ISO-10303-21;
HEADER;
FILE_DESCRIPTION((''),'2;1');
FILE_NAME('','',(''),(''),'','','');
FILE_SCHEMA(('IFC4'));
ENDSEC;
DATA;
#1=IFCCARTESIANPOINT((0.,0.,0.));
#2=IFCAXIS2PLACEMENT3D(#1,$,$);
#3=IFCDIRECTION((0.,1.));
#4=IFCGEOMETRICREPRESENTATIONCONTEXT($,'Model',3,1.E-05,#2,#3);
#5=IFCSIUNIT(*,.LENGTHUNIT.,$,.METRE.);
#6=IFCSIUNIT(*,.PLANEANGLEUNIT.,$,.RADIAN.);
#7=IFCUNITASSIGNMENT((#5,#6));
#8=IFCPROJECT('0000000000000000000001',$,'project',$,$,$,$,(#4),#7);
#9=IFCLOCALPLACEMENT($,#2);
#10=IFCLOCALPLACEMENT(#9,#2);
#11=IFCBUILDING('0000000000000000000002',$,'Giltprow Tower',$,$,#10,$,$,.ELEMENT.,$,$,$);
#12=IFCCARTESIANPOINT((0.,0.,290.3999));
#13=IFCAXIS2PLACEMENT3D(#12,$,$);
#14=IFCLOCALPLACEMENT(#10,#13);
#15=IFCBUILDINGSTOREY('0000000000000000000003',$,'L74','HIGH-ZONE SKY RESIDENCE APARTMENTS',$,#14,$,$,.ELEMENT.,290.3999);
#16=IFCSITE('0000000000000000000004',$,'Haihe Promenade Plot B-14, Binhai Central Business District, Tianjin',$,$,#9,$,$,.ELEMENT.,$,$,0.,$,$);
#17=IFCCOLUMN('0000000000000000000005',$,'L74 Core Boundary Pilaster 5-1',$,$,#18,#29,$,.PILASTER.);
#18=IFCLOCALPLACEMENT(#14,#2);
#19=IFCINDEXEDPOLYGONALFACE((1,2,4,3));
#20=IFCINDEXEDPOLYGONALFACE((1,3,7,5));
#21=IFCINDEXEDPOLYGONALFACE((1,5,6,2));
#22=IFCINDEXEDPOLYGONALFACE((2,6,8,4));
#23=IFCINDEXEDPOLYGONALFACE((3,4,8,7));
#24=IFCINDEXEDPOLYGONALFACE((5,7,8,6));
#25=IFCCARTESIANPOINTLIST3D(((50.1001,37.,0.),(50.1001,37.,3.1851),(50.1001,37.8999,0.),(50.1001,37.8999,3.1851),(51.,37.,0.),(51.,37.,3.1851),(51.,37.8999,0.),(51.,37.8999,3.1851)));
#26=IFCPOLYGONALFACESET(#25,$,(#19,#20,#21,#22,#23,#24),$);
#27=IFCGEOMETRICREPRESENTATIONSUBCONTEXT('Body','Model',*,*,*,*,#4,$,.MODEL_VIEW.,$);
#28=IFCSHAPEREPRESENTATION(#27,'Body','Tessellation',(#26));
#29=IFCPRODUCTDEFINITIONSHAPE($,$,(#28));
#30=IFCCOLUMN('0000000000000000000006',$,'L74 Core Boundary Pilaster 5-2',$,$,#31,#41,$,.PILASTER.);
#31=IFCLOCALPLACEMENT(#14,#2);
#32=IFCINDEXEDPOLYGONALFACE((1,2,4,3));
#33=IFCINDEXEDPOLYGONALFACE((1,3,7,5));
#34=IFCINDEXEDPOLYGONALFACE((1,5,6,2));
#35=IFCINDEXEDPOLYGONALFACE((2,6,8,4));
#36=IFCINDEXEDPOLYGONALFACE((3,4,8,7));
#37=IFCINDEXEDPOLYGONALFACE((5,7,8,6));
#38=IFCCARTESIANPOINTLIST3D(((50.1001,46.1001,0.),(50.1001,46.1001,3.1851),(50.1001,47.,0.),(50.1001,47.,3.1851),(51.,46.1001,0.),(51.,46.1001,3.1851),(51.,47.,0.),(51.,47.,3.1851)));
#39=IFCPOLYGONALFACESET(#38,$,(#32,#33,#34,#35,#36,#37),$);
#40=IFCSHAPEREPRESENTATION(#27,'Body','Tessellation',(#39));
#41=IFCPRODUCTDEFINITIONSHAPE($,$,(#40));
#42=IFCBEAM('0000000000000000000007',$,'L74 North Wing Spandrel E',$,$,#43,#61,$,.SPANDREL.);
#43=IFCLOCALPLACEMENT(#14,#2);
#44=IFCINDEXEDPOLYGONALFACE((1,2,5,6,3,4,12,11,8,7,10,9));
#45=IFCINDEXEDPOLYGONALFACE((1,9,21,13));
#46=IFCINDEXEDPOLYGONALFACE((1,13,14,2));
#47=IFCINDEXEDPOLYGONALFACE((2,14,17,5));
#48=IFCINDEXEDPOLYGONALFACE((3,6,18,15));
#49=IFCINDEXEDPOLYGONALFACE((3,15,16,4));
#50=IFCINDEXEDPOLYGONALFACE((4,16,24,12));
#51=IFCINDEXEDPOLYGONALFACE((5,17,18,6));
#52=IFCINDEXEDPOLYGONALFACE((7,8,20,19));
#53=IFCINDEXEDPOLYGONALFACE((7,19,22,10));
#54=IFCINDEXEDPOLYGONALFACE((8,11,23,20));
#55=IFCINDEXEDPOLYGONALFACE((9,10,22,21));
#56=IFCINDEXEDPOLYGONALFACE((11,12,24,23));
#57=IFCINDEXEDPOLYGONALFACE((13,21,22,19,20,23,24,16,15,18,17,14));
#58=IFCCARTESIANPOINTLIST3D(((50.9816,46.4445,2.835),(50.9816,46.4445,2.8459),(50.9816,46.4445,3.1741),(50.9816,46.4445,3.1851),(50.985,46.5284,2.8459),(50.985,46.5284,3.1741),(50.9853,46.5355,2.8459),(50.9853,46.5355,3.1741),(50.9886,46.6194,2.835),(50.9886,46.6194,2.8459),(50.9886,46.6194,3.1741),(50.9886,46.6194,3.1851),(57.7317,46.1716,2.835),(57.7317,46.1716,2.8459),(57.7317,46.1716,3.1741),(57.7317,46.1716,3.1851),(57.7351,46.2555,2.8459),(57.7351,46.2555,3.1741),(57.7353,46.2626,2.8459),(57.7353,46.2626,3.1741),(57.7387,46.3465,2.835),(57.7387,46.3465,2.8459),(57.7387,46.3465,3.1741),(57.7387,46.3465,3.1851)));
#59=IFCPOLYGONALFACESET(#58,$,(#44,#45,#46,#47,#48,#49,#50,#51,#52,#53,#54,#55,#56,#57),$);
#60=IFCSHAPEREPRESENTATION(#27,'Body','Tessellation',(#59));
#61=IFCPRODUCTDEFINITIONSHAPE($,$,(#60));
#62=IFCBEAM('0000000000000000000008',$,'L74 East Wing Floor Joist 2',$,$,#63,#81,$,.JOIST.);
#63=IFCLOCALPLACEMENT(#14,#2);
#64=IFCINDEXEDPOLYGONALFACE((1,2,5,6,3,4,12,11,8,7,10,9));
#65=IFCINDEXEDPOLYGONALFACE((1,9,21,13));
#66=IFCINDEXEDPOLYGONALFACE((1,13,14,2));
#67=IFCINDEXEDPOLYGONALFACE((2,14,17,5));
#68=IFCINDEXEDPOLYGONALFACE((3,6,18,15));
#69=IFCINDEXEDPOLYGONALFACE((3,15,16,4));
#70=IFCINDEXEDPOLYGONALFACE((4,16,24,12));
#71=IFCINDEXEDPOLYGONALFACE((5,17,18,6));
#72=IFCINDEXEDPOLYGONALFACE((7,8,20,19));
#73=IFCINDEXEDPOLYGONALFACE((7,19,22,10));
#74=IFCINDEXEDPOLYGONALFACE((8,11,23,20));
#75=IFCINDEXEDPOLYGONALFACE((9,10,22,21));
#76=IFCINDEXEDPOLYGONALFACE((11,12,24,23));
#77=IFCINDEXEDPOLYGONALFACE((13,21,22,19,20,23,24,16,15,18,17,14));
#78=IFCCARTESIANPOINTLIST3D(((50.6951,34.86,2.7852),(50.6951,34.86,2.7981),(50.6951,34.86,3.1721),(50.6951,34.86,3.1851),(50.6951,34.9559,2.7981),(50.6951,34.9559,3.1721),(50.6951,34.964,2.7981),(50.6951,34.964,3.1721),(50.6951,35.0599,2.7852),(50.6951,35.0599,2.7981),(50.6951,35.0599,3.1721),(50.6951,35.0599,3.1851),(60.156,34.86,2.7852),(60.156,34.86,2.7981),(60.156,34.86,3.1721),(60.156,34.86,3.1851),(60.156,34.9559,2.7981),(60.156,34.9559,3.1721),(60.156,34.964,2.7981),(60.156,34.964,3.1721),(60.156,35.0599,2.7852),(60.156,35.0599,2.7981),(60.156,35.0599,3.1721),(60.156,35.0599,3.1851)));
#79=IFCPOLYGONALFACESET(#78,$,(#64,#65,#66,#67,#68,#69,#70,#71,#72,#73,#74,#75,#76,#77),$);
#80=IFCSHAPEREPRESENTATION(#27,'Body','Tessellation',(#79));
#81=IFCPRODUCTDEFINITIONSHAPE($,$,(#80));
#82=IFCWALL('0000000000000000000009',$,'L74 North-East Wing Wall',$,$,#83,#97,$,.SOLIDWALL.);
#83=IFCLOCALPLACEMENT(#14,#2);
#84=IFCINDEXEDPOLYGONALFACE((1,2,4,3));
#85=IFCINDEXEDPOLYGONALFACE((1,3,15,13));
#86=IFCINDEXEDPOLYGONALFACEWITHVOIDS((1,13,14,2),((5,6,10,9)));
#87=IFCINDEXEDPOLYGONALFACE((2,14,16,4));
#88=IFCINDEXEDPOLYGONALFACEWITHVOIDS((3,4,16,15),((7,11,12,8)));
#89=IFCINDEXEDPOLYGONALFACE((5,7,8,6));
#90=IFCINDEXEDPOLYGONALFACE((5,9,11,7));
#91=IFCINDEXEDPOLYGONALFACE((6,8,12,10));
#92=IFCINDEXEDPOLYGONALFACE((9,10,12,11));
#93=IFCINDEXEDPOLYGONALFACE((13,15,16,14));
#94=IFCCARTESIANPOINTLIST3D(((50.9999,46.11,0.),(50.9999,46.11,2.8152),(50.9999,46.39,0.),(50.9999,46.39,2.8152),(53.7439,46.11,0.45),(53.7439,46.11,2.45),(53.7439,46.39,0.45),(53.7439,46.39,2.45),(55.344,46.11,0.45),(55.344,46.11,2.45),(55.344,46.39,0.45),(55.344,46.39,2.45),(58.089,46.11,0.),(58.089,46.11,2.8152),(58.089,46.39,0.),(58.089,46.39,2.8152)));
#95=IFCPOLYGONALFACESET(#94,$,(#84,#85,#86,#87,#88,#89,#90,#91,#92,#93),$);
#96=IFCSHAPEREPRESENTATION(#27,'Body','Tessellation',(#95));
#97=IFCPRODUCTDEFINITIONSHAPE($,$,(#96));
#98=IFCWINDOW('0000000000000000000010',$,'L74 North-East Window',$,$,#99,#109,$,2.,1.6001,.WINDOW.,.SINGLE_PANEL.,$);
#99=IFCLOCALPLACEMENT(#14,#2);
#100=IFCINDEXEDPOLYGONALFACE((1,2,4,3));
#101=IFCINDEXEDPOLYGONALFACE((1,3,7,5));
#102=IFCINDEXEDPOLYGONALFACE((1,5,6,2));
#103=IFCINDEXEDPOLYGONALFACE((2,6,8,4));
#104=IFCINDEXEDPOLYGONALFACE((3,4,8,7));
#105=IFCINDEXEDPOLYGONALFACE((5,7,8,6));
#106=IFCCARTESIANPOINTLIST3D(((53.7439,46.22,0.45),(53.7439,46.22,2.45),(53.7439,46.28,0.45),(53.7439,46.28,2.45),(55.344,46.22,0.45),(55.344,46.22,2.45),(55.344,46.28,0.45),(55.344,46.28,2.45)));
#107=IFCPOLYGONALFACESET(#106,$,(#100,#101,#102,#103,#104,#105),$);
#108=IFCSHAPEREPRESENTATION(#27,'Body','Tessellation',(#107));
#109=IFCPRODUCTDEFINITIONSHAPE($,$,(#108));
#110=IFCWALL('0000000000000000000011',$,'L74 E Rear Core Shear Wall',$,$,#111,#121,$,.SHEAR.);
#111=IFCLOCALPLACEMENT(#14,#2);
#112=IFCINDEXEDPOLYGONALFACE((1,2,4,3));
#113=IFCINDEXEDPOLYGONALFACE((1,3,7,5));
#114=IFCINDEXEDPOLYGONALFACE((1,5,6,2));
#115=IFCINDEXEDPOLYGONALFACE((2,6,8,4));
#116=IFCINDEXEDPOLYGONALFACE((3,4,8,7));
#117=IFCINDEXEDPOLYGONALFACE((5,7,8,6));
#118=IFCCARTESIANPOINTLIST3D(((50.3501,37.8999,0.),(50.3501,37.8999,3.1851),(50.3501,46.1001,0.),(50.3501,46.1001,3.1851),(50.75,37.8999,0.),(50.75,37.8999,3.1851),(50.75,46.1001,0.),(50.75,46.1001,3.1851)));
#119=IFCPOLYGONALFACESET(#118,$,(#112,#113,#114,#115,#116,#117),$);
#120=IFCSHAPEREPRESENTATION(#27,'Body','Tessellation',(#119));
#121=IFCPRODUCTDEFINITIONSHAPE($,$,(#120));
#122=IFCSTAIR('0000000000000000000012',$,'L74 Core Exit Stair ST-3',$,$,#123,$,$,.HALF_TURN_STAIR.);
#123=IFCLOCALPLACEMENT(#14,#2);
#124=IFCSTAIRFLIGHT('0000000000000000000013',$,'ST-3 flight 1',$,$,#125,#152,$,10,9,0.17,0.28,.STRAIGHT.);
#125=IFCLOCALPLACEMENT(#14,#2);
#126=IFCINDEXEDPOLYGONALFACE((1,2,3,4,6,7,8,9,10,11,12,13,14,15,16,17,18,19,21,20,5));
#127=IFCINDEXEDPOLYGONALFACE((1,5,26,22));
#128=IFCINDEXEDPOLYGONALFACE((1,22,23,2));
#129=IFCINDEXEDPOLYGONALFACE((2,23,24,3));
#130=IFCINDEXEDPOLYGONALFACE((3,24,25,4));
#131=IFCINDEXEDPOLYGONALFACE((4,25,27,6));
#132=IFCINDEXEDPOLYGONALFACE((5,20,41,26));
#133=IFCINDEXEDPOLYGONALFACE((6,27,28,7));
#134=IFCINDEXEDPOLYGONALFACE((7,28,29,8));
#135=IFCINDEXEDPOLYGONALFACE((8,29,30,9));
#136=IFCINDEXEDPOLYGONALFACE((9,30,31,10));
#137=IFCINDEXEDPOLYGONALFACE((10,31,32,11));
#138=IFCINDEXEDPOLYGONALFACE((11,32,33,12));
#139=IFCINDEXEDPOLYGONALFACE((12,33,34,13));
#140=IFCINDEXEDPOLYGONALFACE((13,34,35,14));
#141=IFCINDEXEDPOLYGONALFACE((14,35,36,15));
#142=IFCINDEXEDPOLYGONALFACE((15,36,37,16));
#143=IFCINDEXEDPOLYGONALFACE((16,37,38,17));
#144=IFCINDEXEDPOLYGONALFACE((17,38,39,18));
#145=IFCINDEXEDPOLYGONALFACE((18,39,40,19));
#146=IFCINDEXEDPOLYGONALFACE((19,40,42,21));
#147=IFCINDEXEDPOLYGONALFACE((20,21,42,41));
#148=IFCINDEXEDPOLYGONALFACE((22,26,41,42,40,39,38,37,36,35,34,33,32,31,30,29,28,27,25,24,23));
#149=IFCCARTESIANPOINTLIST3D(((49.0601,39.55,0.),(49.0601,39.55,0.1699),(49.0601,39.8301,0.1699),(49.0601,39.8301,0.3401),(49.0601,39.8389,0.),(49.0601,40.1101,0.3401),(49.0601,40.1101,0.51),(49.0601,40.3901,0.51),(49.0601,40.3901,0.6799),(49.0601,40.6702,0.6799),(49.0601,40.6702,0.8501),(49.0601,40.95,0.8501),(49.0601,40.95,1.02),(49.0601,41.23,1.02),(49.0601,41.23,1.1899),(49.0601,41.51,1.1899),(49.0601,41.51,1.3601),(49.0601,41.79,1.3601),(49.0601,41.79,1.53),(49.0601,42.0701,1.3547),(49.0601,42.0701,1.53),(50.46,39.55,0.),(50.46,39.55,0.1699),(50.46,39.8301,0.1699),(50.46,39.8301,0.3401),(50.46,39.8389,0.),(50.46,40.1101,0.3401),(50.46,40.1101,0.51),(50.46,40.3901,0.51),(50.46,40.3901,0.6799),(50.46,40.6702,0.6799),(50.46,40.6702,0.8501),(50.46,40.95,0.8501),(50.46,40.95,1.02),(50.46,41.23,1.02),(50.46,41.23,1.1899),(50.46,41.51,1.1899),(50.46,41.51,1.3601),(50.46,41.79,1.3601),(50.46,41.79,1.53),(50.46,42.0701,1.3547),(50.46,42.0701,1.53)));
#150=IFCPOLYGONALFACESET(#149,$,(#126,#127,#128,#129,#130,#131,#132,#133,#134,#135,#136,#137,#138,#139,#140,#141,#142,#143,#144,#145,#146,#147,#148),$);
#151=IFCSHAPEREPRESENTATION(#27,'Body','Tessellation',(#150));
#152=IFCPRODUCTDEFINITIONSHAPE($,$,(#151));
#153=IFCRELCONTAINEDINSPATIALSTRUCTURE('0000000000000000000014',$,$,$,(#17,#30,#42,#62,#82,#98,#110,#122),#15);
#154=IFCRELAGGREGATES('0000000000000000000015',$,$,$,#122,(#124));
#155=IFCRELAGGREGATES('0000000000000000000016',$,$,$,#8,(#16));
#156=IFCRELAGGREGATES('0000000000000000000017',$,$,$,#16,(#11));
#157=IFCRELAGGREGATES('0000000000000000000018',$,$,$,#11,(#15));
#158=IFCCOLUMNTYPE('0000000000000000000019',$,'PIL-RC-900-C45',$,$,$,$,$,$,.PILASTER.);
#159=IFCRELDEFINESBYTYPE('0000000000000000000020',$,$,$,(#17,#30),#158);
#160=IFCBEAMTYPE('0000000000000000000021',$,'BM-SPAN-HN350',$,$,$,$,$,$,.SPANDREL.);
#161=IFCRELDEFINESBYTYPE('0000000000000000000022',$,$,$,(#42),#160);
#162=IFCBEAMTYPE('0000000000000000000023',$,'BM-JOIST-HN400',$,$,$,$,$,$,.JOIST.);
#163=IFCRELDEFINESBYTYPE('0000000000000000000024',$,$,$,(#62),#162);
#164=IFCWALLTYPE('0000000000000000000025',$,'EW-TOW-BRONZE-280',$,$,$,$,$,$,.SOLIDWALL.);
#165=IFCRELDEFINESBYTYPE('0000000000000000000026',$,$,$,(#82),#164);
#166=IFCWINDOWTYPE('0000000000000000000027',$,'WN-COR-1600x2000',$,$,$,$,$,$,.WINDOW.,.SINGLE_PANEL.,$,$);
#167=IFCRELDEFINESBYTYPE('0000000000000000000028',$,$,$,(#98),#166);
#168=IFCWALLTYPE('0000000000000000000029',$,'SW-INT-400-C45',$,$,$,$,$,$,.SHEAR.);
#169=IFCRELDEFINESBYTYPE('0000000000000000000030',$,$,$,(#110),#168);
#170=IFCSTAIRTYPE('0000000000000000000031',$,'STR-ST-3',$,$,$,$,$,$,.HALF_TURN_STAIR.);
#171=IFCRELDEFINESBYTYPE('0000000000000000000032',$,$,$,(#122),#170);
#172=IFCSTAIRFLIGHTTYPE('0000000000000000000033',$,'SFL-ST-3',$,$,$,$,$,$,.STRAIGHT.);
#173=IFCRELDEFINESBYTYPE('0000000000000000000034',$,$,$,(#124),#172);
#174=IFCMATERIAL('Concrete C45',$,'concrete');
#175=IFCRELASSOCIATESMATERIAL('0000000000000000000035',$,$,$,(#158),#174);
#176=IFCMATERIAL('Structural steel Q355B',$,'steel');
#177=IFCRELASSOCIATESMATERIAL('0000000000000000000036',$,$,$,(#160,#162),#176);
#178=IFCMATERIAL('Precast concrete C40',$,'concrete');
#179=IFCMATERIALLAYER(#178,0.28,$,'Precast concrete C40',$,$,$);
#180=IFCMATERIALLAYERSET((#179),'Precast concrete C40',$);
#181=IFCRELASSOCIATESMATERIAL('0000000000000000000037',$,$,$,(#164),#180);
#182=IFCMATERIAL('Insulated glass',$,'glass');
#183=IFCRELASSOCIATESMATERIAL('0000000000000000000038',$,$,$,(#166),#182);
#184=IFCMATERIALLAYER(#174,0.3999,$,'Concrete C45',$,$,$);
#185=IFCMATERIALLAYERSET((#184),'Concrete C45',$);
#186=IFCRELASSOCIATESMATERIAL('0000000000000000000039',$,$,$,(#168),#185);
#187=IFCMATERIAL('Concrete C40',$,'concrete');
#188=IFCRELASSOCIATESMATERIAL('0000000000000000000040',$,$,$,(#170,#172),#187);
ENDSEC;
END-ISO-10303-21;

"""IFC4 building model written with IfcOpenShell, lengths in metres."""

from ifc_helpers import new_model, si_unit, direction, frame, frame_2d, origin, origin_2d, place, context, subcontext, project, spatial, polyline, rectangle, i_section, outline, extrude, source, transform, mapped, material, layer, layer_set, material_profile, profile_set, type_object, element, fill, aggregate, save


model = new_model("IFC4")

# Units and contexts
model_context = context("Model", 3, precision=1e-05, world=origin(), true_north=direction((0.0, 1.0)))
body_context = subcontext(model_context, "Body", "Model", "MODEL_VIEW")
ifc_project = project(units=[si_unit("LENGTHUNIT", "METRE"), si_unit("PLANEANGLEUNIT", "RADIAN")], contexts=[model_context])

# Site, building, storey
site_placement = place(None, origin())
site = spatial("IfcSite", under=ifc_project, at=site_placement, Name="Haihe Promenade Plot B-14, Binhai Central Business District, Tianjin", CompositionType="ELEMENT", RefElevation=0.0)
building_placement = place(site_placement, origin())
building = spatial("IfcBuilding", under=site, at=building_placement, Name="Giltprow Tower", CompositionType="ELEMENT")
storey_placement = place(building_placement, frame((0.0, 0.0, 290.3999)))
storey = spatial("IfcBuildingStorey", under=building, at=storey_placement, Name="L74", Description="HIGH-ZONE SKY RESIDENCE APARTMENTS", CompositionType="ELEMENT", Elevation=290.3999)

# Columns
ifc_material_1 = material(Name="Concrete C45", Category="concrete")
ifc_material_profile_1 = material_profile(ifc_material_1, rectangle(XDim=0.8999, YDim=0.8999, at=origin_2d()), Name="RC 900x900")
ifc_profile_set_1 = profile_set([ifc_material_profile_1], Name="Concrete C45")
column_type = type_object("IfcColumnType", Name="PIL-RC-900-C45", PredefinedType="PILASTER", material=ifc_profile_set_1)
shared_shape_1 = source(origin(), body_context, "Body", "SweptSolid", [
    extrude(rectangle(XDim=0.8999, YDim=0.8999, at=origin_2d()), origin(), (0.0, 0.0, 1.0), 3.1851),
])
for number, where, z_axis, x_axis, name in (
    (1, (50.55, 37.45, 0.0), (0.0, 0.0, 1.0), (1.0, 0.0, 0.0), "L74 Core Boundary Pilaster 5-1"),
    (2, (50.55, 46.55, 0.0), (0.0, 0.0, 1.0), (1.0, 0.0, 0.0), "L74 Core Boundary Pilaster 5-2"),
):
    element("IfcColumn", number, at=place(storey_placement, frame(where, z_axis=z_axis, x_axis=x_axis)), inside=storey, type_object=column_type, Name=name, PredefinedType="PILASTER", context=body_context, shape_type="MappedRepresentation", body=[
        mapped(shared_shape_1, transform((0.0, 0.0, 0.0), x_axis=(1.0, 0.0, 0.0), y_axis=(0.0, 1.0, 0.0), z_axis=(0.0, 0.0, 1.0), scale=1.0)),
    ])

# Beams
ifc_material_2 = material(Name="Structural steel Q355B", Category="steel")
ifc_material_profile_2 = material_profile(ifc_material_2, i_section(OverallWidth=0.175, OverallDepth=0.3501, WebThickness=0.0071, FlangeThickness=0.011, at=origin_2d()), Name="HN 350x175x7x11")
ifc_profile_set_2 = profile_set([ifc_material_profile_2], Name="Structural steel Q355B")
beam_type_1 = type_object("IfcBeamType", Name="BM-SPAN-HN350", PredefinedType="SPANDREL", material=ifc_profile_set_2)
shared_shape_2 = source(origin(), body_context, "Body", "SweptSolid", [
    extrude(i_section(OverallWidth=0.175, OverallDepth=0.3501, WebThickness=0.0071, FlangeThickness=0.011, at=origin_2d()), origin(), (0.0, 0.0, 1.0), 6.7556),
])
beam_1_placement = place(storey_placement, frame((50.9851, 46.532, 3.01), z_axis=(0.999183, -0.040404, 0.0), x_axis=(0.040404, 0.999183, 0.0)))
element("IfcBeam", 3, at=beam_1_placement, inside=storey, type_object=beam_type_1, Name="L74 North Wing Spandrel E", PredefinedType="SPANDREL", context=body_context, shape_type="MappedRepresentation", body=[
    mapped(shared_shape_2, transform((0.0, 0.0, 0.0), x_axis=(1.0, 0.0, 0.0), y_axis=(0.0, 1.0, 0.0), z_axis=(0.0, 0.0, 1.0), scale=1.0)),
])
ifc_material_profile_3 = material_profile(ifc_material_2, i_section(OverallWidth=0.2, OverallDepth=0.3999, WebThickness=0.0081, FlangeThickness=0.0129, at=origin_2d()), Name="HN 400x200x8x13")
ifc_profile_set_3 = profile_set([ifc_material_profile_3], Name="Structural steel Q355B")
beam_type_2 = type_object("IfcBeamType", Name="BM-JOIST-HN400", PredefinedType="JOIST", material=ifc_profile_set_3)
shared_shape_3 = source(origin(), body_context, "Body", "SweptSolid", [
    extrude(i_section(OverallWidth=0.2, OverallDepth=0.3999, WebThickness=0.0081, FlangeThickness=0.0129, at=origin_2d()), origin(), (0.0, 0.0, 1.0), 9.4609),
])
beam_2_placement = place(storey_placement, frame((50.6951, 34.96, 2.9851), z_axis=(1.0, 0.0, 0.0), x_axis=(0.0, 1.0, 0.0)))
element("IfcBeam", 4, at=beam_2_placement, inside=storey, type_object=beam_type_2, Name="L74 East Wing Floor Joist 2", PredefinedType="JOIST", context=body_context, shape_type="MappedRepresentation", body=[
    mapped(shared_shape_3, transform((0.0, 0.0, 0.0), x_axis=(1.0, 0.0, 0.0), y_axis=(0.0, 1.0, 0.0), z_axis=(0.0, 0.0, 1.0), scale=1.0)),
])

# Wall, opening, window
ifc_material_3 = material(Name="Precast concrete C40", Category="concrete")
ifc_layer_1 = layer(ifc_material_3, 0.28, Name="Precast concrete C40")
ifc_layer_set_1 = layer_set([ifc_layer_1], Name="Precast concrete C40")
wall_type_1 = type_object("IfcWallType", Name="EW-TOW-BRONZE-280", PredefinedType="SOLIDWALL", material=ifc_layer_set_1)
wall_1_placement = place(storey_placement, frame((51.0, 46.25, 0.0), z_axis=(0.0, 0.0, 1.0), x_axis=(1.0, 0.0, 0.0)))
wall_1 = element("IfcWall", 5, at=wall_1_placement, inside=storey, type_object=wall_type_1, Name="L74 North-East Wing Wall", PredefinedType="SOLIDWALL", context=body_context, shape_type="SweptSolid", body=[
    extrude(rectangle(XDim=7.0891, YDim=0.28, at=frame_2d((3.5444, 0.0))), origin(), (0.0, 0.0, 1.0), 2.8152),
])
opening_placement = place(wall_1_placement, frame((2.7439, 0.0, 0.45)))
opening = element("IfcOpeningElement", 6, at=opening_placement, cuts=wall_1, PredefinedType="OPENING", context=body_context, shape_type="SweptSolid", body=[
    extrude(rectangle(XDim=1.6001, YDim=2.0, at=frame_2d((0.8, 1.0))), frame((0.0, 0.1499, 0.0), z_axis=(0.0, -1.0, 0.0), x_axis=(1.0, 0.0, 0.0)), (0.0, 0.0, 1.0), 0.3),
])
ifc_material_4 = material(Name="Insulated glass", Category="glass")
window_type = type_object("IfcWindowType", Name="WN-COR-1600x2000", PartitioningType="SINGLE_PANEL", PredefinedType="WINDOW", material=ifc_material_4)
shared_shape_4 = source(origin(), body_context, "Body", "SweptSolid", [
    extrude(rectangle(XDim=1.6001, YDim=2.0, at=frame_2d((0.8, 1.0))), frame((0.0, 0.03, 0.0), z_axis=(0.0, -1.0, 0.0), x_axis=(1.0, 0.0, 0.0)), (0.0, 0.0, 1.0), 0.0601),
])
window_placement = place(opening_placement, origin())
window = element("IfcWindow", 7, at=window_placement, inside=storey, type_object=window_type, Name="L74 North-East Window", OverallHeight=2.0, OverallWidth=1.6001, PartitioningType="SINGLE_PANEL", PredefinedType="WINDOW", context=body_context, shape_type="MappedRepresentation", body=[
    mapped(shared_shape_4, transform((0.0, 0.0, 0.0), x_axis=(1.0, 0.0, 0.0), y_axis=(0.0, 1.0, 0.0), z_axis=(0.0, 0.0, 1.0), scale=1.0)),
])
fill(opening, window)

# Wall
ifc_layer_2 = layer(ifc_material_1, 0.3999, Name="Concrete C45")
ifc_layer_set_2 = layer_set([ifc_layer_2], Name="Concrete C45")
wall_type_2 = type_object("IfcWallType", Name="SW-INT-400-C45", PredefinedType="SHEAR", material=ifc_layer_set_2)
wall_2_placement = place(storey_placement, frame((50.55, 37.8999, 0.0), z_axis=(0.0, 0.0, 1.0), x_axis=(0.0, 1.0, 0.0)))
element("IfcWall", 8, at=wall_2_placement, inside=storey, type_object=wall_type_2, Name="L74 E Rear Core Shear Wall", PredefinedType="SHEAR", context=body_context, shape_type="SweptSolid", body=[
    extrude(rectangle(XDim=8.2002, YDim=0.3999, at=frame_2d((4.1001, 0.0))), origin(), (0.0, 0.0, 1.0), 3.1851),
])

# Stair, stair flight
ifc_material_5 = material(Name="Concrete C40", Category="concrete")
stair_type = type_object("IfcStairType", Name="STR-ST-3", PredefinedType="HALF_TURN_STAIR", material=ifc_material_5)
stair_placement = place(storey_placement, origin())
stair = element("IfcStair", 9, at=stair_placement, inside=storey, type_object=stair_type, Name="L74 Core Exit Stair ST-3", PredefinedType="HALF_TURN_STAIR")
stair_flight_type = type_object("IfcStairFlightType", Name="SFL-ST-3", PredefinedType="STRAIGHT", material=ifc_material_5)
stair_flight_1_placement = place(storey_placement, frame((49.76, 39.55, 0.0), z_axis=(0.0, 0.0, 1.0), x_axis=(0.0, 1.0, 0.0)))
stair_flight_1 = element("IfcStairFlight", 10, at=stair_flight_1_placement, type_object=stair_flight_type, Name="ST-3 flight 1", NumberOfRisers=10, NumberOfTreads=9, PredefinedType="STRAIGHT", RiserHeight=0.17, TreadLength=0.28, context=body_context, shape_type="SweptSolid", body=[
    extrude(outline(polyline([(0.0, 0.0), (0.0, 0.1699), (0.28, 0.1699), (0.28, 0.3401), (0.5601, 0.3401), (0.5601, 0.51), (0.8401, 0.51), (0.8401, 0.6799), (1.1201, 0.6799), (1.1201, 0.8501), (1.3999, 0.8501), (1.3999, 1.02), (1.6799, 1.02), (1.6799, 1.1899), (1.96, 1.1899), (1.96, 1.3601), (2.24, 1.3601), (2.24, 1.53), (2.52, 1.53), (2.52, 1.7), (2.52, 1.3547), (0.2888, 0.0), (0.0, 0.0)])), frame((0.0, 0.7, 0.0), z_axis=(0.0, -1.0, 0.0), x_axis=(1.0, 0.0, 0.0)), (0.0, 0.0, 1.0), 1.3999),
])
aggregate(stair, [stair_flight_1])

save(model, "model.ifc")
